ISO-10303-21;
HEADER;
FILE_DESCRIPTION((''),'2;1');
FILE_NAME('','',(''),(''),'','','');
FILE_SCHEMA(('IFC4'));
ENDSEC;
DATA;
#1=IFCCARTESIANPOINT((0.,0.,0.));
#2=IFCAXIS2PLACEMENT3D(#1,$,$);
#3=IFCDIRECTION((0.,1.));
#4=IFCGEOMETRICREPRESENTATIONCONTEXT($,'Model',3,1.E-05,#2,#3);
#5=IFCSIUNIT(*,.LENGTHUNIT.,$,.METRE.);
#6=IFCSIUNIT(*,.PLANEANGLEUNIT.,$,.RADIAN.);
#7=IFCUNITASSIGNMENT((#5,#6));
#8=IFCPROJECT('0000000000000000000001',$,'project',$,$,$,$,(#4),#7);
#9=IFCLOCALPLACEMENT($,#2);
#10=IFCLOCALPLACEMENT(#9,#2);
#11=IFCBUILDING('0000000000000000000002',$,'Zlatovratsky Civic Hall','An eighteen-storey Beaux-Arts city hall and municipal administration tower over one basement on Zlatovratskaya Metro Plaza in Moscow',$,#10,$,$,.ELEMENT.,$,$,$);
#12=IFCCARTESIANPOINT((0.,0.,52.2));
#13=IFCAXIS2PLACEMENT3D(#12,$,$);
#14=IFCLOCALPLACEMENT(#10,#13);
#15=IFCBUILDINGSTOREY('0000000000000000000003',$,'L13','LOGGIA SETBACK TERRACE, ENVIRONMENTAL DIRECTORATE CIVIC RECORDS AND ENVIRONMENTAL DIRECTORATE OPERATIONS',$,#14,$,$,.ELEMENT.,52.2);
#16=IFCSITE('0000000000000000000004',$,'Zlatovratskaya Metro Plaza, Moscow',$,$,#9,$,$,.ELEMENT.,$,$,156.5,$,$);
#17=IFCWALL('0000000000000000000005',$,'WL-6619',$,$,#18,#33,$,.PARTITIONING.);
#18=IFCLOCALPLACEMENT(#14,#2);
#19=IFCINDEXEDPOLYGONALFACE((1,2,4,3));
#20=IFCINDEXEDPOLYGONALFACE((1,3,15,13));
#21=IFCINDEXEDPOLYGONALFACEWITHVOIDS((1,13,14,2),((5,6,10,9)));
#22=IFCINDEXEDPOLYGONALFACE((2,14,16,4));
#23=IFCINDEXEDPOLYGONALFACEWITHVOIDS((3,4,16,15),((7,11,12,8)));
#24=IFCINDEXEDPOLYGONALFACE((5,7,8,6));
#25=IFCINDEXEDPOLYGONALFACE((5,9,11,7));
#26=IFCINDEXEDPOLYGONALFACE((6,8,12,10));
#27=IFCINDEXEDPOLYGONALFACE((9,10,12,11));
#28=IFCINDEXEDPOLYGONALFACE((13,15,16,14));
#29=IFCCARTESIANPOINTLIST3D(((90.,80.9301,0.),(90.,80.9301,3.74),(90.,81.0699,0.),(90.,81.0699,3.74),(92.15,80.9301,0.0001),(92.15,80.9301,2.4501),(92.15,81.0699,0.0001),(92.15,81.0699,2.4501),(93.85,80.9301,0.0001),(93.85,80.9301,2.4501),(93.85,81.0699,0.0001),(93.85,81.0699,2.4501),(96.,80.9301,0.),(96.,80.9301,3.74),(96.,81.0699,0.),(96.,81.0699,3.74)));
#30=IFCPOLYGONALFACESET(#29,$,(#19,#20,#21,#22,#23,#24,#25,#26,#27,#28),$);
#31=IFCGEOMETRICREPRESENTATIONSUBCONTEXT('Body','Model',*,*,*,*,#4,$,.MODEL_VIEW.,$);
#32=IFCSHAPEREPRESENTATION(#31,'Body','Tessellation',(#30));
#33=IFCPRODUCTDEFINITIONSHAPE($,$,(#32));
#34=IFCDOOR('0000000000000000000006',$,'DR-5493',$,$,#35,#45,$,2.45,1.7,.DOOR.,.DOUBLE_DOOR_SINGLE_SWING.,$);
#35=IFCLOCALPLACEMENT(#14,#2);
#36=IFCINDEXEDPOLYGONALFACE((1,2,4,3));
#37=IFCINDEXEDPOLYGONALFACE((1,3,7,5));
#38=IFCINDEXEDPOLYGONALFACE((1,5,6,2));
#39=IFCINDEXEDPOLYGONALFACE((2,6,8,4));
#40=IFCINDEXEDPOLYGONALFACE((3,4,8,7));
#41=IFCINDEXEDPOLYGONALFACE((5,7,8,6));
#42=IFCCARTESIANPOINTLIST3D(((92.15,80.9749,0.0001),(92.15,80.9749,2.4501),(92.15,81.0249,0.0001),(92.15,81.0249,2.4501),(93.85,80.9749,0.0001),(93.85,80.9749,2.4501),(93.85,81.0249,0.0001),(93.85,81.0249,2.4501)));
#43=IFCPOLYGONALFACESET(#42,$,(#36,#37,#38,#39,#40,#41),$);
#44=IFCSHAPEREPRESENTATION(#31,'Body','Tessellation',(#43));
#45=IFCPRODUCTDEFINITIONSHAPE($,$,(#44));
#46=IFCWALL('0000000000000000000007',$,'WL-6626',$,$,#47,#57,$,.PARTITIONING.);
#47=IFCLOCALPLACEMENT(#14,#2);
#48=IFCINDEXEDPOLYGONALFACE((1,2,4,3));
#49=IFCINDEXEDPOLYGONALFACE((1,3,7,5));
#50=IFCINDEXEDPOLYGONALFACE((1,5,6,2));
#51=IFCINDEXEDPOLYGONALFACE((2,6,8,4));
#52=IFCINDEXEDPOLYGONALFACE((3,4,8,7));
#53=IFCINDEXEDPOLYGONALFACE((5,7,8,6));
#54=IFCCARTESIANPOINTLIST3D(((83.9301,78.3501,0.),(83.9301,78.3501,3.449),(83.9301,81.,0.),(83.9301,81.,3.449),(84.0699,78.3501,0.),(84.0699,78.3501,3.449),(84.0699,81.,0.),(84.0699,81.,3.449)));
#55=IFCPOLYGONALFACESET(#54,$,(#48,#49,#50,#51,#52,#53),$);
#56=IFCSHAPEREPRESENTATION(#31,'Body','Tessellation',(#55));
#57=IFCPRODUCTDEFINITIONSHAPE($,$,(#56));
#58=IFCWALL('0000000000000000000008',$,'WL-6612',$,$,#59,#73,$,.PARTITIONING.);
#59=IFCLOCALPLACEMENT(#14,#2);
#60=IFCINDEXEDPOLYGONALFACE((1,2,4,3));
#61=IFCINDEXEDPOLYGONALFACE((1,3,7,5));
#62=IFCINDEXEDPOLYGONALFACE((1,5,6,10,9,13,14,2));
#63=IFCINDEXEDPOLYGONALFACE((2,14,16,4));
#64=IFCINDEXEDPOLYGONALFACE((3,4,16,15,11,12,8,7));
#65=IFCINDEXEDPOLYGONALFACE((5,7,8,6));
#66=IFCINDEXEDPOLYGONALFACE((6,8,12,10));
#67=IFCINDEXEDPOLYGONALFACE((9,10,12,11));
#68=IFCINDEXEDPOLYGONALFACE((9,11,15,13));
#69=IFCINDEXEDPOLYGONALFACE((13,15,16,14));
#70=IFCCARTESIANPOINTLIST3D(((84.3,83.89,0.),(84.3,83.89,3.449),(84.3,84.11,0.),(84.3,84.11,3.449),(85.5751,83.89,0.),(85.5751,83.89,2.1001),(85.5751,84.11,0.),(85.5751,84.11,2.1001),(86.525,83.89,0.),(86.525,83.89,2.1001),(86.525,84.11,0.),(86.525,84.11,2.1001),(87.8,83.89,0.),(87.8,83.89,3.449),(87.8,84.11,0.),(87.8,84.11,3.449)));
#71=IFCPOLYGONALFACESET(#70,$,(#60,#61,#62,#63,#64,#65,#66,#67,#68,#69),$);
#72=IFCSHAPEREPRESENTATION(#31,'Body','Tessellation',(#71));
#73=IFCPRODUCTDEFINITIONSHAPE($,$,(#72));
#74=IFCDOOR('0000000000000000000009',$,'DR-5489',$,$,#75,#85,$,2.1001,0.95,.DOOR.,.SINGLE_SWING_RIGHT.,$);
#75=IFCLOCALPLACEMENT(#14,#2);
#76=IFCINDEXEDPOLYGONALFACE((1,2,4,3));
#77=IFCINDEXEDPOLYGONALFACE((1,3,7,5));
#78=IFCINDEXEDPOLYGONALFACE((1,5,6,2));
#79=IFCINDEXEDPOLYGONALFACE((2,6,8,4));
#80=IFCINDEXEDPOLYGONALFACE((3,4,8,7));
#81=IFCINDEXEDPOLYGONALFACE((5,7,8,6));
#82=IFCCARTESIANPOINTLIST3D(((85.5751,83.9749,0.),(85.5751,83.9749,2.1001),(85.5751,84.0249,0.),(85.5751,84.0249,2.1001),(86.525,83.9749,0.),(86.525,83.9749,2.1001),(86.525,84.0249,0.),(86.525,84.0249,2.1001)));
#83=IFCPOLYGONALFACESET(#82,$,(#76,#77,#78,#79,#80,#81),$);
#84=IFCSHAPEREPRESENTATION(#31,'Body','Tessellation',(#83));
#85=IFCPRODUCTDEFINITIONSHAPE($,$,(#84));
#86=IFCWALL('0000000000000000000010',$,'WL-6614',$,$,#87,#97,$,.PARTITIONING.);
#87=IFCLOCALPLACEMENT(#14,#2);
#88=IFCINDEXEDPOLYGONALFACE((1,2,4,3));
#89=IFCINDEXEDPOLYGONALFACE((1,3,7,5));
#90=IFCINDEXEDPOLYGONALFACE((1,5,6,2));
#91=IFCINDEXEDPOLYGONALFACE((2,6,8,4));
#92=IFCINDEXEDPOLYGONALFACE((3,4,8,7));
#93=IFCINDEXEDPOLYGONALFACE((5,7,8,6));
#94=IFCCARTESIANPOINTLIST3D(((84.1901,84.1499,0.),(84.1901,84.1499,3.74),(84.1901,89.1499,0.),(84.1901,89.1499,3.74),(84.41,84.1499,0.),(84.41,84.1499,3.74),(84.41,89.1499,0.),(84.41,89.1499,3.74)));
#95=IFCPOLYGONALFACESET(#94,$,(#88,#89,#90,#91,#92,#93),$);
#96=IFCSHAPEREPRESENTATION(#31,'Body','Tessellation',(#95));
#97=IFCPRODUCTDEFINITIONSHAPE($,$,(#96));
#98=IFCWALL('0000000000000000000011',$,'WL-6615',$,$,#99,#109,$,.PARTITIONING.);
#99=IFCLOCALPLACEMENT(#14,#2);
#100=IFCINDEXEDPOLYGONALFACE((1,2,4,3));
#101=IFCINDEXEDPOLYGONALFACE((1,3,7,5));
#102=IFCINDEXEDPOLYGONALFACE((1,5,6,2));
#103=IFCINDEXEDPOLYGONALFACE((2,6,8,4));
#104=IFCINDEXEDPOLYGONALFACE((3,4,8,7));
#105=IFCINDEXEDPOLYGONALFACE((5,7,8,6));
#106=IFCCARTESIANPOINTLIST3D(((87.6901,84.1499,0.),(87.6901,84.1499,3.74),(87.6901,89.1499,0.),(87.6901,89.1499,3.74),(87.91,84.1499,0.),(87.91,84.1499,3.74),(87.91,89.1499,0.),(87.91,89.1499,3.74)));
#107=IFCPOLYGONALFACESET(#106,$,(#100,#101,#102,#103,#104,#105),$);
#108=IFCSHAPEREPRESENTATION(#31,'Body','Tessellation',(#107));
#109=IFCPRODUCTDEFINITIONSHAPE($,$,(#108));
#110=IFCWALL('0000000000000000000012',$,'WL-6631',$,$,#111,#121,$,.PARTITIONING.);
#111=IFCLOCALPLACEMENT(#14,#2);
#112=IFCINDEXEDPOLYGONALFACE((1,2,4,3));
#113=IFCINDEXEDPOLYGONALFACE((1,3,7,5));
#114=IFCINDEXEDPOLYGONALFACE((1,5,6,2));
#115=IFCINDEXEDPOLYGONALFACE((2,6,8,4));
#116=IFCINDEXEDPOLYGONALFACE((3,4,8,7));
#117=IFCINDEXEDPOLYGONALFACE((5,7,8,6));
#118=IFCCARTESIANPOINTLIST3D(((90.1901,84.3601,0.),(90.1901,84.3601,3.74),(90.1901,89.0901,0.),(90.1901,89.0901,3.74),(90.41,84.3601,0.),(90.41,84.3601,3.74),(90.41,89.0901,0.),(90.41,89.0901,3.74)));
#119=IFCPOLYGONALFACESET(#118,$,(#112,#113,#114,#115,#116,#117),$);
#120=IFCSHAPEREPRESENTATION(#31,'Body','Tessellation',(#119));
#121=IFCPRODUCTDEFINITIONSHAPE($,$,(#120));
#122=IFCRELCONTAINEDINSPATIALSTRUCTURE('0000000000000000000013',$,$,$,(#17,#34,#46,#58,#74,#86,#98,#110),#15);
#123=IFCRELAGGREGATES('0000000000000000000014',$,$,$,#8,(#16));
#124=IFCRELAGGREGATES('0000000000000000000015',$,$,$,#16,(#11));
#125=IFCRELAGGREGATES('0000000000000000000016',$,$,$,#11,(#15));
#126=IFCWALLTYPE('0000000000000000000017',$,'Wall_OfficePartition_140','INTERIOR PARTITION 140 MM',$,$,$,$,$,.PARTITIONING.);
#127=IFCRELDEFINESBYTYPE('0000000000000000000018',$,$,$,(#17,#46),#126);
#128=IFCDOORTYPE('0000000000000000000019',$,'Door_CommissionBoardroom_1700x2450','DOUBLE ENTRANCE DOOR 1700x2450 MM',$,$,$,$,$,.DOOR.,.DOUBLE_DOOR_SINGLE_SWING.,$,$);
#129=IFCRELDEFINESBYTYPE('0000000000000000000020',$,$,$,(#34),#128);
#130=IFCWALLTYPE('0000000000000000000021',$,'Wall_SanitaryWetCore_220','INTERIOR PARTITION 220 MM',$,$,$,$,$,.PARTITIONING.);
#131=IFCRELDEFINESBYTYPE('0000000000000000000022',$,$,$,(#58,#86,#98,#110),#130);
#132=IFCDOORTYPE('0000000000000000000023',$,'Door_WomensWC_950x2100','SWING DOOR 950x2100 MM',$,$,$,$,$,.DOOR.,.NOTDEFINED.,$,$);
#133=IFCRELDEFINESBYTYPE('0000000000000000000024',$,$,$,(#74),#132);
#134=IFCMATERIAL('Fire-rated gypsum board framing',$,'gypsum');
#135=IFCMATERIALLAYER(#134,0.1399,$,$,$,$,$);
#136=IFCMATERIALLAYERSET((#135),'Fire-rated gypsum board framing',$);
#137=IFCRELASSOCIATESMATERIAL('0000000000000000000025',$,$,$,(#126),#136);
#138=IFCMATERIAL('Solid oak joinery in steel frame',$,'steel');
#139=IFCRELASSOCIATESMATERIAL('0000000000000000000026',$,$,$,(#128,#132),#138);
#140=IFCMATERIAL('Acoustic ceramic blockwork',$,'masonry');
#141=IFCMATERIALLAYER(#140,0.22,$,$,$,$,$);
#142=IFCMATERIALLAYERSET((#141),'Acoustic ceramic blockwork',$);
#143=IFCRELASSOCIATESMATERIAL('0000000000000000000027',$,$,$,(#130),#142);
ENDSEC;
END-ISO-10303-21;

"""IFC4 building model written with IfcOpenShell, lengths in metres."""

from ifc_helpers import new_model, si_unit, direction, frame, frame_2d, origin, place, context, subcontext, project, spatial, rectangle, extrude, material, layer, layer_set, type_object, element, fill, save


model = new_model("IFC4")

# Units and contexts
model_context = context("Model", 3, precision=1e-05, world=origin(), true_north=direction((0.0, 1.0)))
body_context = subcontext(model_context, "Body", "Model", "MODEL_VIEW")
ifc_project = project(units=[si_unit("LENGTHUNIT", "METRE"), si_unit("PLANEANGLEUNIT", "RADIAN")], contexts=[model_context])

# Site, building, storey
site_placement = place(None, origin())
site = spatial("IfcSite", under=ifc_project, at=site_placement, Name="Zlatovratskaya Metro Plaza, Moscow", CompositionType="ELEMENT", RefElevation=156.5)
building_placement = place(site_placement, origin())
building = spatial("IfcBuilding", under=site, at=building_placement, Name="Zlatovratsky Civic Hall", Description="An eighteen-storey Beaux-Arts city hall and municipal administration tower over one basement on Zlatovratskaya Metro Plaza in Moscow", CompositionType="ELEMENT")
storey_placement = place(building_placement, frame((0.0, 0.0, 52.2)))
storey = spatial("IfcBuildingStorey", under=building, at=storey_placement, Name="L13", Description="LOGGIA SETBACK TERRACE, ENVIRONMENTAL DIRECTORATE CIVIC RECORDS AND ENVIRONMENTAL DIRECTORATE OPERATIONS", CompositionType="ELEMENT", Elevation=52.2)

# Wall, opening, door
ifc_material_1 = material(Name="Fire-rated gypsum board framing", Category="gypsum")
ifc_layer_1 = layer(ifc_material_1, 0.1399)
ifc_layer_set_1 = layer_set([ifc_layer_1], Name="Fire-rated gypsum board framing")
wall_type_1 = type_object("IfcWallType", Name="Wall_OfficePartition_140", Description="INTERIOR PARTITION 140 MM", PredefinedType="PARTITIONING", material=ifc_layer_set_1)
wall_1_placement = place(storey_placement, frame((90.0, 81.0, 0.0), z_axis=(0.0, 0.0, 1.0), x_axis=(1.0, 0.0, 0.0)))
wall_1 = element("IfcWall", 1, at=wall_1_placement, inside=storey, type_object=wall_type_1, Name="WL-6619", PredefinedType="PARTITIONING", context=body_context, shape_type="SweptSolid", body=[
    extrude(rectangle(XDim=6.0, YDim=0.1399, at=frame_2d((3.0, 0.0))), origin(), (0.0, 0.0, 1.0), 3.74),
])
opening_1_placement = place(wall_1_placement, frame((2.1499, 0.0, 0.0)))
opening_1 = element("IfcOpeningElement", 2, at=opening_1_placement, cuts=wall_1, PredefinedType="OPENING", context=body_context, shape_type="SweptSolid", body=[
    extrude(rectangle(XDim=1.7, YDim=2.45, at=frame_2d((0.8501, 1.2251))), frame((0.0, 0.085, 0.0), z_axis=(0.0, -1.0, 0.0), x_axis=(1.0, 0.0, 0.0)), (0.0, 0.0, 1.0), 0.1697),
])
ifc_material_2 = material(Name="Solid oak joinery in steel frame", Category="steel")
door_type_1 = type_object("IfcDoorType", Name="Door_CommissionBoardroom_1700x2450", Description="DOUBLE ENTRANCE DOOR 1700x2450 MM", OperationType="DOUBLE_DOOR_SINGLE_SWING", PredefinedType="DOOR", material=ifc_material_2)
door_1_placement = place(opening_1_placement, origin())
door_1 = element("IfcDoor", 3, at=door_1_placement, inside=storey, type_object=door_type_1, Name="DR-5493", OperationType="DOUBLE_DOOR_SINGLE_SWING", OverallHeight=2.45, OverallWidth=1.7, PredefinedType="DOOR", context=body_context, shape_type="SweptSolid", body=[
    extrude(rectangle(XDim=1.7, YDim=2.45, at=frame_2d((0.8501, 1.2251))), frame((0.0, 0.0249, 0.0), z_axis=(0.0, -1.0, 0.0), x_axis=(1.0, 0.0, 0.0)), (0.0, 0.0, 1.0), 0.05),
])
fill(opening_1, door_1)

# Wall
wall_2_placement = place(storey_placement, frame((84.0, 78.3501, 0.0), z_axis=(0.0, 0.0, 1.0), x_axis=(0.0, 1.0, 0.0)))
element("IfcWall", 4, at=wall_2_placement, inside=storey, type_object=wall_type_1, Name="WL-6626", PredefinedType="PARTITIONING", context=body_context, shape_type="SweptSolid", body=[
    extrude(rectangle(XDim=2.6499, YDim=0.1399, at=frame_2d((1.325, 0.0))), origin(), (0.0, 0.0, 1.0), 3.449),
])

# Wall, opening, door
ifc_material_3 = material(Name="Acoustic ceramic blockwork", Category="masonry")
ifc_layer_2 = layer(ifc_material_3, 0.22)
ifc_layer_set_2 = layer_set([ifc_layer_2], Name="Acoustic ceramic blockwork")
wall_type_2 = type_object("IfcWallType", Name="Wall_SanitaryWetCore_220", Description="INTERIOR PARTITION 220 MM", PredefinedType="PARTITIONING", material=ifc_layer_set_2)
wall_3_placement = place(storey_placement, frame((84.3, 84.0, 0.0), z_axis=(0.0, 0.0, 1.0), x_axis=(1.0, 0.0, 0.0)))
wall_3 = element("IfcWall", 5, at=wall_3_placement, inside=storey, type_object=wall_type_2, Name="WL-6612", PredefinedType="PARTITIONING", context=body_context, shape_type="SweptSolid", body=[
    extrude(rectangle(XDim=3.5, YDim=0.22, at=frame_2d((1.75, 0.0))), origin(), (0.0, 0.0, 1.0), 3.449),
])
opening_2_placement = place(wall_3_placement, frame((1.2749, 0.0, 0.0)))
opening_2 = element("IfcOpeningElement", 6, at=opening_2_placement, cuts=wall_3, PredefinedType="OPENING", context=body_context, shape_type="SweptSolid", body=[
    extrude(rectangle(XDim=0.95, YDim=2.1001, at=frame_2d((0.4751, 1.05))), frame((0.0, 0.125, 0.0), z_axis=(0.0, -1.0, 0.0), x_axis=(1.0, 0.0, 0.0)), (0.0, 0.0, 1.0), 0.2498),
])
door_type_2 = type_object("IfcDoorType", Name="Door_WomensWC_950x2100", Description="SWING DOOR 950x2100 MM", OperationType="NOTDEFINED", PredefinedType="DOOR", material=ifc_material_2)
door_2_placement = place(opening_2_placement, origin())
door_2 = element("IfcDoor", 7, at=door_2_placement, inside=storey, type_object=door_type_2, Name="DR-5489", OperationType="SINGLE_SWING_RIGHT", OverallHeight=2.1001, OverallWidth=0.95, PredefinedType="DOOR", context=body_context, shape_type="SweptSolid", body=[
    extrude(rectangle(XDim=0.95, YDim=2.1001, at=frame_2d((0.4751, 1.05))), frame((0.0, 0.0249, 0.0), z_axis=(0.0, -1.0, 0.0), x_axis=(1.0, 0.0, 0.0)), (0.0, 0.0, 1.0), 0.05),
])
fill(opening_2, door_2)

# Walls
for number, where, z_axis, x_axis, name in (
    (8, (84.3, 84.1499, 0.0), (0.0, 0.0, 1.0), (0.0, 1.0, 0.0), "WL-6614"),
    (9, (87.8, 84.1499, 0.0), (0.0, 0.0, 1.0), (0.0, 1.0, 0.0), "WL-6615"),
):
    element("IfcWall", number, at=place(storey_placement, frame(where, z_axis=z_axis, x_axis=x_axis)), inside=storey, type_object=wall_type_2, Name=name, PredefinedType="PARTITIONING", context=body_context, shape_type="SweptSolid", body=[
        extrude(rectangle(XDim=5.0, YDim=0.22, at=frame_2d((2.5, 0.0))), origin(), (0.0, 0.0, 1.0), 3.74),
    ])
wall_4_placement = place(storey_placement, frame((90.3, 84.3601, 0.0), z_axis=(0.0, 0.0, 1.0), x_axis=(0.0, 1.0, 0.0)))
element("IfcWall", 10, at=wall_4_placement, inside=storey, type_object=wall_type_2, Name="WL-6631", PredefinedType="PARTITIONING", context=body_context, shape_type="SweptSolid", body=[
    extrude(rectangle(XDim=4.73, YDim=0.22, at=frame_2d((2.365, 0.0))), origin(), (0.0, 0.0, 1.0), 3.74),
])

save(model, "model.ifc")
